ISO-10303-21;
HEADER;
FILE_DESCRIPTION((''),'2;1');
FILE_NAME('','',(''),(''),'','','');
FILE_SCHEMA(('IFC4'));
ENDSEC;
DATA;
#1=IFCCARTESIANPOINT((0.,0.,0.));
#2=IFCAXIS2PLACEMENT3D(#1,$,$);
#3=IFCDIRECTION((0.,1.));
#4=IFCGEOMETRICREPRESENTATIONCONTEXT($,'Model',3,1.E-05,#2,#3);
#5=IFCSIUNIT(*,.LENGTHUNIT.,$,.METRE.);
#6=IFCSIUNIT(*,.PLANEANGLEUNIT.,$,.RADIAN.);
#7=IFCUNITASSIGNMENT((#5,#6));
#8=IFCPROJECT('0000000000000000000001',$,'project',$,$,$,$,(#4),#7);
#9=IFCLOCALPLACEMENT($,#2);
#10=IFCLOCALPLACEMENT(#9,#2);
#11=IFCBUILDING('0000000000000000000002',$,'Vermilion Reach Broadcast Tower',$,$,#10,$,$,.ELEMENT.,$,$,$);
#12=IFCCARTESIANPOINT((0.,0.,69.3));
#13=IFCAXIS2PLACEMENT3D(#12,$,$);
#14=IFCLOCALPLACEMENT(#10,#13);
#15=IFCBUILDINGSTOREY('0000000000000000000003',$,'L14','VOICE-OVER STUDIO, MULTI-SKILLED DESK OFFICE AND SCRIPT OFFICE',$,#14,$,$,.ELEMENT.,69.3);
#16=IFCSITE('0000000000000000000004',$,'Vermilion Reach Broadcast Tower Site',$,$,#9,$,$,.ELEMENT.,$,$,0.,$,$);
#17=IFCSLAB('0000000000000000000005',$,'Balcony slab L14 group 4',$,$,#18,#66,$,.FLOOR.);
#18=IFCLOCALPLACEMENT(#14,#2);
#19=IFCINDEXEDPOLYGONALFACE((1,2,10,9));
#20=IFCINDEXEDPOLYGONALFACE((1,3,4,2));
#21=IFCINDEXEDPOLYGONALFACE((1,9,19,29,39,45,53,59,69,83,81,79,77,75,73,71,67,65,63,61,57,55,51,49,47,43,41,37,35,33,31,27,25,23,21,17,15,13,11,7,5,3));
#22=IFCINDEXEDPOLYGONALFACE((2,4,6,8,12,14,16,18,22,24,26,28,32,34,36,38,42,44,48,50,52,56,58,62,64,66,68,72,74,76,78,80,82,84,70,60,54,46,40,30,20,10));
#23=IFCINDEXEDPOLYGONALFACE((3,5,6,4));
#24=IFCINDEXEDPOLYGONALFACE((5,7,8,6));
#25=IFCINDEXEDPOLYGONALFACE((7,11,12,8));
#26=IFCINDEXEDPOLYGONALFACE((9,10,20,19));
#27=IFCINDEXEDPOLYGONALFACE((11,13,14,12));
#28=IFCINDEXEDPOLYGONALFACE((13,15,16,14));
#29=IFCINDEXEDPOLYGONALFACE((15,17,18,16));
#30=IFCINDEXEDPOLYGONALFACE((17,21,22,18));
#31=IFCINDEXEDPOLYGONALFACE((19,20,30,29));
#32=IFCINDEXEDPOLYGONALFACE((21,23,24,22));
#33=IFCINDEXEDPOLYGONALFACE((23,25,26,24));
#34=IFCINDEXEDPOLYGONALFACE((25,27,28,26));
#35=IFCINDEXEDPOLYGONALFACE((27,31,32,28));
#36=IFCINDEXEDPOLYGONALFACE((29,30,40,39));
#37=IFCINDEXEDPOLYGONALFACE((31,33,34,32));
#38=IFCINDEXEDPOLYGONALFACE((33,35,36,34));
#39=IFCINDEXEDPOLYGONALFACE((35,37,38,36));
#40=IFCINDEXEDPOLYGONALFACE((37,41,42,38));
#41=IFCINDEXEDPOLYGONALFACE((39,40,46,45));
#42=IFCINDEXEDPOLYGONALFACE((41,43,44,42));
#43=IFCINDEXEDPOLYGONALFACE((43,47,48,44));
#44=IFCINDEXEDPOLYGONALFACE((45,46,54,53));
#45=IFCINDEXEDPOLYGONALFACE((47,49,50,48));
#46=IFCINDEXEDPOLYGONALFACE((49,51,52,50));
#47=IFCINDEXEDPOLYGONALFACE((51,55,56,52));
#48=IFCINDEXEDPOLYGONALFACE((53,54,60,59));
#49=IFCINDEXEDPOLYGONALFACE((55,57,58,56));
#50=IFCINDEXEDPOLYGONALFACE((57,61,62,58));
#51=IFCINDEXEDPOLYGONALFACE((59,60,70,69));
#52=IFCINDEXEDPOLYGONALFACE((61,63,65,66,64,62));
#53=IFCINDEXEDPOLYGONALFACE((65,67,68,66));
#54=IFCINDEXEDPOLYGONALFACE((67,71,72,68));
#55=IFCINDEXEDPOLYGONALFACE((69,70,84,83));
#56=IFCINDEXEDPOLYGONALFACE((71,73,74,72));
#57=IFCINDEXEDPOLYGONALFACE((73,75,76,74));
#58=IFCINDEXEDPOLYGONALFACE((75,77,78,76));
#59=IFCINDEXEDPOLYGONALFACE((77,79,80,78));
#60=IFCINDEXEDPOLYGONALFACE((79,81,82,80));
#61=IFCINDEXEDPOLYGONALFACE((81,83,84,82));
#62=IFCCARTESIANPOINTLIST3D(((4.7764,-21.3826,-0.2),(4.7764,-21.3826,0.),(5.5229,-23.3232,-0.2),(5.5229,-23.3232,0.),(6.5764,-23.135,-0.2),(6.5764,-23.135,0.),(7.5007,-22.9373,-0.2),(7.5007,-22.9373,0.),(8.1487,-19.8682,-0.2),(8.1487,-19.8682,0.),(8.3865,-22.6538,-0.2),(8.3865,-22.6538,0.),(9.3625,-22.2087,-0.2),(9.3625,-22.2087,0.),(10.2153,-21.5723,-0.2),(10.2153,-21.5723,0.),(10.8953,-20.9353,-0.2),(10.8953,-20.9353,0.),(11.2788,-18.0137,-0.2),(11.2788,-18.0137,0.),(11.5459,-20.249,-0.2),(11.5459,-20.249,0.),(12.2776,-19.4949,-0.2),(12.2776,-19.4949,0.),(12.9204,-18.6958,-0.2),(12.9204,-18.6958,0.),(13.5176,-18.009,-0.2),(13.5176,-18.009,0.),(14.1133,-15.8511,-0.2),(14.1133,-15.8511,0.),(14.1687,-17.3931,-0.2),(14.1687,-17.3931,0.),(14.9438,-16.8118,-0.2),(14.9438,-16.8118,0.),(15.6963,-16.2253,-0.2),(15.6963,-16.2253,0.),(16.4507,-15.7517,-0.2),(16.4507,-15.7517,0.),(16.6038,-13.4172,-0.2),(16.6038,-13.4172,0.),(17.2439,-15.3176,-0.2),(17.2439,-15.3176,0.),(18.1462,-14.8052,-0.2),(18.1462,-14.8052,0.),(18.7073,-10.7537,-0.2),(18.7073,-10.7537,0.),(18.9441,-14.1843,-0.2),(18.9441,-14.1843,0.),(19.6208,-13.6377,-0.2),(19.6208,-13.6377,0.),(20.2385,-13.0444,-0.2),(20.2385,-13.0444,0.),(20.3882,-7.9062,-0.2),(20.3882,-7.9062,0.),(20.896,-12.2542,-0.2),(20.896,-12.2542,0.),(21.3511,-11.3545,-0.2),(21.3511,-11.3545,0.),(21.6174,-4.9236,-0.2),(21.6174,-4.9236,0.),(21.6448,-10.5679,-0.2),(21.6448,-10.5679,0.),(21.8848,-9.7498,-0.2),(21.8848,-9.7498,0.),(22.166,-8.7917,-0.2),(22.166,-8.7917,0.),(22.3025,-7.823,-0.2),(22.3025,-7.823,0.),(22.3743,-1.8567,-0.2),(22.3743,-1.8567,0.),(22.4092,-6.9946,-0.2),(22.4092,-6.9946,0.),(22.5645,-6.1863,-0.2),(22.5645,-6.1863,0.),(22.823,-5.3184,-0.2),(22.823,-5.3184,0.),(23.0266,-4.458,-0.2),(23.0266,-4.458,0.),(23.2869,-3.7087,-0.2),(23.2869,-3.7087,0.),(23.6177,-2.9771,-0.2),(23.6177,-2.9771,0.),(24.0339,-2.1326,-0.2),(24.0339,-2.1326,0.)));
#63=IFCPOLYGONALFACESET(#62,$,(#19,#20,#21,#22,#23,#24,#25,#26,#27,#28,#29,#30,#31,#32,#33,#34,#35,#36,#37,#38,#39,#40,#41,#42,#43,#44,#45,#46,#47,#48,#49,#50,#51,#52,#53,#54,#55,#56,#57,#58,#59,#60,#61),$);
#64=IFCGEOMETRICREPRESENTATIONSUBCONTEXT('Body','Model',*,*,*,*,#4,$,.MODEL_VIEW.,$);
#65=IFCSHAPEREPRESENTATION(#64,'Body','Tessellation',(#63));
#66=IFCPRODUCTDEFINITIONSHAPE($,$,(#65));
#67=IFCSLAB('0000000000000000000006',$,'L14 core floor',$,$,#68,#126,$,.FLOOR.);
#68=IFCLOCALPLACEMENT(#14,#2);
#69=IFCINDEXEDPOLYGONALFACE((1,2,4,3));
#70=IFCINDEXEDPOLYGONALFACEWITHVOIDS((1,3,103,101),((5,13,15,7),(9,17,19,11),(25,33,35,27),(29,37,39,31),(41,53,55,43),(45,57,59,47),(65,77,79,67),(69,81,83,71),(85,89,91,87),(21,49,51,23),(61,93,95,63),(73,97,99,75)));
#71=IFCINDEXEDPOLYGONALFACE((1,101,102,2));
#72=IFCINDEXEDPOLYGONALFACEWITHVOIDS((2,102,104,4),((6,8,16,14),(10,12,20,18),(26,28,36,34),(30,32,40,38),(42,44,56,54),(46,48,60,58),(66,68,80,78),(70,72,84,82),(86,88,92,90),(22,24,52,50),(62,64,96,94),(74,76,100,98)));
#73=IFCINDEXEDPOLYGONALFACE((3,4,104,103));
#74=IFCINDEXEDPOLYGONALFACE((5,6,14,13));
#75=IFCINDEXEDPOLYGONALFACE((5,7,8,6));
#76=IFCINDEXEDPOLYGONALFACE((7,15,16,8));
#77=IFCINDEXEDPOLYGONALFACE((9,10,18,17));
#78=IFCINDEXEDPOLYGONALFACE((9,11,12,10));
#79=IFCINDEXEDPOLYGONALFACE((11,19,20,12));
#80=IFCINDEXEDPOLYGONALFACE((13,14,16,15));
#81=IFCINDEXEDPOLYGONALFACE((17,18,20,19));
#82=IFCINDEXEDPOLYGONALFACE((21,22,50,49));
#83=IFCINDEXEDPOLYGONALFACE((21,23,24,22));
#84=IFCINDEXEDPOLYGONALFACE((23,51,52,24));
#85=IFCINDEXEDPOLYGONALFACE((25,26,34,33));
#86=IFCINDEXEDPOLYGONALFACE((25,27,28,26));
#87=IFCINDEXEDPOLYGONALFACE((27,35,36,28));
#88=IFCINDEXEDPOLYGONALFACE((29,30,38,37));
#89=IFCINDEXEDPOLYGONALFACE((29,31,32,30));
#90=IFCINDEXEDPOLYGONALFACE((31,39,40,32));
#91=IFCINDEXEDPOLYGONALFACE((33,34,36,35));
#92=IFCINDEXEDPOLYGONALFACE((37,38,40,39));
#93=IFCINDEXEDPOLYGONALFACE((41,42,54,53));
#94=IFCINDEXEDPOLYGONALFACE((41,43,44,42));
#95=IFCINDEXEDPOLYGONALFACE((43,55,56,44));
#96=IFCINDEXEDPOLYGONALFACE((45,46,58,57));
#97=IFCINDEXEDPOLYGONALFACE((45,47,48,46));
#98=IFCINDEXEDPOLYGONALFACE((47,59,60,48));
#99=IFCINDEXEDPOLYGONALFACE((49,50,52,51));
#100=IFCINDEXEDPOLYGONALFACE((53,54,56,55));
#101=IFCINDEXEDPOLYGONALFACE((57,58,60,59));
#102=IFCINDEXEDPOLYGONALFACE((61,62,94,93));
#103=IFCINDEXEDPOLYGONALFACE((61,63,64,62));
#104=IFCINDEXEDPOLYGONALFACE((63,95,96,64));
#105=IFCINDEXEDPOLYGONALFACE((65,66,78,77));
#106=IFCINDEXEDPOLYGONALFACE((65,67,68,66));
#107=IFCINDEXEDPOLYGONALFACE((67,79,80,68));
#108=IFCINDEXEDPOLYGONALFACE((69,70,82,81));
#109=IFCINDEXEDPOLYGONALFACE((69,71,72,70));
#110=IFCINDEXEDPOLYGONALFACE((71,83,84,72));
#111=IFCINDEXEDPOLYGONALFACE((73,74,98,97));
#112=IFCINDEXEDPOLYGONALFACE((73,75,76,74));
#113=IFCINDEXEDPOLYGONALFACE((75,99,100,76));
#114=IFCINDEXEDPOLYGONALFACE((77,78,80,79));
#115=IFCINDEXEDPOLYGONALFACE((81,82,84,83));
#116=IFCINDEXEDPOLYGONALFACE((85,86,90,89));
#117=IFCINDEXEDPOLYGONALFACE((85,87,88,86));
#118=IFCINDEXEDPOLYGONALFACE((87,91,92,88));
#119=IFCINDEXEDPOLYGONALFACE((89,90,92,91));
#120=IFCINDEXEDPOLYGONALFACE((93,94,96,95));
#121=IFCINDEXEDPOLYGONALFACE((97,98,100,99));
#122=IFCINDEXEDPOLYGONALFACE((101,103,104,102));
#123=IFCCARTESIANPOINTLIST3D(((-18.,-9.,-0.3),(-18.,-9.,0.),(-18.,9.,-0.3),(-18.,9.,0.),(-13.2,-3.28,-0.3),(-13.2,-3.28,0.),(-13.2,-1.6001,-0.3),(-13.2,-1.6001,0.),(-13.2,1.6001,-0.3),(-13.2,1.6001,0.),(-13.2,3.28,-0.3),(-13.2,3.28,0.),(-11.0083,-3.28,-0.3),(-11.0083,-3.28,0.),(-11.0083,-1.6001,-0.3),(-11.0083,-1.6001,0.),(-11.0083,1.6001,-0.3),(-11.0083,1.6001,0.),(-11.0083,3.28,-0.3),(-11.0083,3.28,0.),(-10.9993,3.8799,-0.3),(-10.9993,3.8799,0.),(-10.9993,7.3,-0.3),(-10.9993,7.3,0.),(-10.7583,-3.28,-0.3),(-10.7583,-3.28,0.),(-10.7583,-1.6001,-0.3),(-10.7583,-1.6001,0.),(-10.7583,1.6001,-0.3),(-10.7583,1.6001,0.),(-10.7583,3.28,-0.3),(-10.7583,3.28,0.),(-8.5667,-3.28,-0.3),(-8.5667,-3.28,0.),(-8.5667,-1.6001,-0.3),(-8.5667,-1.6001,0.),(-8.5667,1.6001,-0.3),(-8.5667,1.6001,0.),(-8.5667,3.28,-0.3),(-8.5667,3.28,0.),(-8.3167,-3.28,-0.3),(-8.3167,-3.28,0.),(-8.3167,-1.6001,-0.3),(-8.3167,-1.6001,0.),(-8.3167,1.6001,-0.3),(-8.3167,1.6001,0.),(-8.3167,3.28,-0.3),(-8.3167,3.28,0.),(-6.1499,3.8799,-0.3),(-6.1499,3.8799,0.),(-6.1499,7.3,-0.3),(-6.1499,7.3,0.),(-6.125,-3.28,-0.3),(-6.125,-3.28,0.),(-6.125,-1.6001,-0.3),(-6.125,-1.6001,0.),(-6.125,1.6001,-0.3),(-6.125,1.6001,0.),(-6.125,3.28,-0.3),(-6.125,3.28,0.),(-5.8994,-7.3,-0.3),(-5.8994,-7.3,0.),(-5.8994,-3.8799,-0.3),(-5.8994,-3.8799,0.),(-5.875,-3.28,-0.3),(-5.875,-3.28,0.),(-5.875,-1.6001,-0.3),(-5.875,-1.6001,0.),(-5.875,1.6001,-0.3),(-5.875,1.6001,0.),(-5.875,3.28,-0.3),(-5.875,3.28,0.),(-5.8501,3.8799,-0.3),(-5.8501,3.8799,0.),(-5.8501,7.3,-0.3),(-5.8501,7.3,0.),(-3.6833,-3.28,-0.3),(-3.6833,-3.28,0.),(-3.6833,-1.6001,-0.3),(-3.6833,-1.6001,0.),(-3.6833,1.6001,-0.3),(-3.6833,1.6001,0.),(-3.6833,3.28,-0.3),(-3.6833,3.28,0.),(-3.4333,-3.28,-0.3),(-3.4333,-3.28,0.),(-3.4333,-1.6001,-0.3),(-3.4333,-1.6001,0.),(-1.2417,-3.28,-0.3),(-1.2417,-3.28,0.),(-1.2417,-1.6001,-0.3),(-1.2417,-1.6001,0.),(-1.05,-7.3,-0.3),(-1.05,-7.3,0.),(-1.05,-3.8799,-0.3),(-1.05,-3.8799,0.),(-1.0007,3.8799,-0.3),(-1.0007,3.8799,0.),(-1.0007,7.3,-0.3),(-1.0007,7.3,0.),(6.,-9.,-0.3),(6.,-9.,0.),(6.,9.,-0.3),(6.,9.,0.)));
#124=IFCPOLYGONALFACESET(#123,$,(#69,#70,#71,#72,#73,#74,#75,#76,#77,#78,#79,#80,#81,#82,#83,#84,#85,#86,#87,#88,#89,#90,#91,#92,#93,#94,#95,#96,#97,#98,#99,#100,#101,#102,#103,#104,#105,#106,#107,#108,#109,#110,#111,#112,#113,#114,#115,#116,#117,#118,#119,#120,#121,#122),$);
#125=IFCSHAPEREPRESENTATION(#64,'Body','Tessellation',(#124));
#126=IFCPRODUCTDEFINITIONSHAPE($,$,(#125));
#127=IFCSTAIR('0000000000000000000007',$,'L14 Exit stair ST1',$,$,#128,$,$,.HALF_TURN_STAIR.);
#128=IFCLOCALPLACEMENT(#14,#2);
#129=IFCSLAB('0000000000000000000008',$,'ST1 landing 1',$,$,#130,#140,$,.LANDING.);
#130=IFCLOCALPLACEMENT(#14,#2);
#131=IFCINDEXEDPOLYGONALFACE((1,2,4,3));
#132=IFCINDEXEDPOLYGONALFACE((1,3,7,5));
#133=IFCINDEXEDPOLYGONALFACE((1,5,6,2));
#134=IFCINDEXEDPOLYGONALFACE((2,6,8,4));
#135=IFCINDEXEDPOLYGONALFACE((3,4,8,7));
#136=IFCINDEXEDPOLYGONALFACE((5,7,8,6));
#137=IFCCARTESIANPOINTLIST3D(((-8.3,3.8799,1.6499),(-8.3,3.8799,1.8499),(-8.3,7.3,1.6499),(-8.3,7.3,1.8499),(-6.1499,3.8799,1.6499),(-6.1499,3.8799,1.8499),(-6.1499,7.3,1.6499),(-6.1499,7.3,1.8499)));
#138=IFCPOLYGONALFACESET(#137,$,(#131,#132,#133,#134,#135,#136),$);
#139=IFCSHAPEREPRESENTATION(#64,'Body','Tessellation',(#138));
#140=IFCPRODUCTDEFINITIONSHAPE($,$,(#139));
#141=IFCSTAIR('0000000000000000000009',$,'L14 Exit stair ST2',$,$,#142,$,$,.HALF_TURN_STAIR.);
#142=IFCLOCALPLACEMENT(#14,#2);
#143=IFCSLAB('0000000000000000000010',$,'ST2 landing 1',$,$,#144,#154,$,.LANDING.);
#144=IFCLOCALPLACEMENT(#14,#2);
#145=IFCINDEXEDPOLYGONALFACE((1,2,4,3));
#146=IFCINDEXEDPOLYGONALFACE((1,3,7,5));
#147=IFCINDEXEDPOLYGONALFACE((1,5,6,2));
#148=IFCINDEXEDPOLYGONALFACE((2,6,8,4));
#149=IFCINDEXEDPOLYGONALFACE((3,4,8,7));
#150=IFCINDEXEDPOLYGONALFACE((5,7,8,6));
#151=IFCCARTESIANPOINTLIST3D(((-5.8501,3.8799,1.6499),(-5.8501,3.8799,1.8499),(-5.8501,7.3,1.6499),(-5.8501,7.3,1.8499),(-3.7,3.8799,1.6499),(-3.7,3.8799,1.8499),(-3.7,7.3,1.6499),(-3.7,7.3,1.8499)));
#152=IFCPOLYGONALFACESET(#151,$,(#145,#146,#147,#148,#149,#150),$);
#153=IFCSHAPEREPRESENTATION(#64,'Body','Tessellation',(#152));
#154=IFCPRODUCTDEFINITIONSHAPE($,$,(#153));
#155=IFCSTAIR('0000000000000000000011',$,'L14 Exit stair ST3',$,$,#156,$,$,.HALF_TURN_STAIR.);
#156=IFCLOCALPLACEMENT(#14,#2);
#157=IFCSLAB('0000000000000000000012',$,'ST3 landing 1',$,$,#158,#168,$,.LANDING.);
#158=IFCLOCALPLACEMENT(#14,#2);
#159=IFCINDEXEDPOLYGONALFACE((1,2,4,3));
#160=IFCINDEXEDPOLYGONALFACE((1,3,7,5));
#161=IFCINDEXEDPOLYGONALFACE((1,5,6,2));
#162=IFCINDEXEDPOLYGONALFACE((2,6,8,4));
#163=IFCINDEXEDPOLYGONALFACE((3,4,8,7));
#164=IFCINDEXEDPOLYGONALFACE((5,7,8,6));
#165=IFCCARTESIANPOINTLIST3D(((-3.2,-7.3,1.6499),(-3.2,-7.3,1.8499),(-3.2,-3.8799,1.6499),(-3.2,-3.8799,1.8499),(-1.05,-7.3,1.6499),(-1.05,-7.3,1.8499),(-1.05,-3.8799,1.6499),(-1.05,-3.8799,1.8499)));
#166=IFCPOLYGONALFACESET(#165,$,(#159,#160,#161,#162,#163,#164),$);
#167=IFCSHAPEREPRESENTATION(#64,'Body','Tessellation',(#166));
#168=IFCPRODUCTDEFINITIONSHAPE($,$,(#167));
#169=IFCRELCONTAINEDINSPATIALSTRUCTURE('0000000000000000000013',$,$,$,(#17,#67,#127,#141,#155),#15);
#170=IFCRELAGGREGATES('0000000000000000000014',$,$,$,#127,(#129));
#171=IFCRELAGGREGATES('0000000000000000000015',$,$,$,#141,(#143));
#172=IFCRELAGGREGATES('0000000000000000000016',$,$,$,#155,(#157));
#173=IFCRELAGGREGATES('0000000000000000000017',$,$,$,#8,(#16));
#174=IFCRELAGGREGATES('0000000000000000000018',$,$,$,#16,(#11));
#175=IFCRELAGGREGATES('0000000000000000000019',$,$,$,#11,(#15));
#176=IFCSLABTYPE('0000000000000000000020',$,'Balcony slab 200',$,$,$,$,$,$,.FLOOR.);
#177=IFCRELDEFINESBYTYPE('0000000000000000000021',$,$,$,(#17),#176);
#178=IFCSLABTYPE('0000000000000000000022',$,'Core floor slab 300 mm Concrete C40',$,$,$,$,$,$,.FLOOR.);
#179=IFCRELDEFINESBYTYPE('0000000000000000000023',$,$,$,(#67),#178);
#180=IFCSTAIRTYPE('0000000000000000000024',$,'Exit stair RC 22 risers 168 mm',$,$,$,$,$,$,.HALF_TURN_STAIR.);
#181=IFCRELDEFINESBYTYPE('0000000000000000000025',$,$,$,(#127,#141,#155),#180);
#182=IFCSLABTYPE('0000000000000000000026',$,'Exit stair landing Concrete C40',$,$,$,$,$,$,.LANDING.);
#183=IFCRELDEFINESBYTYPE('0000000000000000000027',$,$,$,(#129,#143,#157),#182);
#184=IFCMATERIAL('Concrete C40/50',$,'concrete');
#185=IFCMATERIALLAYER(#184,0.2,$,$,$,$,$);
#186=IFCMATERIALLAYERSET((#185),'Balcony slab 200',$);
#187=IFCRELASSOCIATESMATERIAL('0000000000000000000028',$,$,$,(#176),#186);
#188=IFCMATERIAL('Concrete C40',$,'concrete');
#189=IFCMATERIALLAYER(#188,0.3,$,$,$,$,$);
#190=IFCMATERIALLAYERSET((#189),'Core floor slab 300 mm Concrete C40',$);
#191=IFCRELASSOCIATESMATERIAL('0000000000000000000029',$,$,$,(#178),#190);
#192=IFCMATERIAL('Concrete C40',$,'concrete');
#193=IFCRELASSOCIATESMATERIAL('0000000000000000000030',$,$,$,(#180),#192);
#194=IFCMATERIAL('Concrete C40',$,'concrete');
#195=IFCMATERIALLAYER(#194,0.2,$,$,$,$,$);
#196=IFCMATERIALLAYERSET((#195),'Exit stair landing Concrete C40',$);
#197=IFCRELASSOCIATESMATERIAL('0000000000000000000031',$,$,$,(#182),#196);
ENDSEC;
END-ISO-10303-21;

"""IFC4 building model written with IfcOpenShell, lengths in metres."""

from ifc_helpers import new_model, si_unit, direction, frame, origin, place, context, subcontext, project, spatial, polyline, outline, extrude, material, layer, layer_set, type_object, element, aggregate, save


model = new_model("IFC4")

# Units and contexts
model_context = context("Model", 3, precision=1e-05, world=origin(), true_north=direction((0.0, 1.0)))
body_context = subcontext(model_context, "Body", "Model", "MODEL_VIEW")
ifc_project = project(units=[si_unit("LENGTHUNIT", "METRE"), si_unit("PLANEANGLEUNIT", "RADIAN")], contexts=[model_context])

# Site, building, storey
site_placement = place(None, origin())
site = spatial("IfcSite", under=ifc_project, at=site_placement, Name="Vermilion Reach Broadcast Tower Site", CompositionType="ELEMENT", RefElevation=0.0)
building_placement = place(site_placement, origin())
building = spatial("IfcBuilding", under=site, at=building_placement, Name="Vermilion Reach Broadcast Tower", CompositionType="ELEMENT")
storey_placement = place(building_placement, frame((0.0, 0.0, 69.3)))
storey = spatial("IfcBuildingStorey", under=building, at=storey_placement, Name="L14", Description="VOICE-OVER STUDIO, MULTI-SKILLED DESK OFFICE AND SCRIPT OFFICE", CompositionType="ELEMENT", Elevation=69.3)

# Slabs
ifc_material_1 = material(Name="Concrete C40/50", Category="concrete")
ifc_layer_1 = layer(ifc_material_1, 0.2)
ifc_layer_set_1 = layer_set([ifc_layer_1], Name="Balcony slab 200")
slab_type_1 = type_object("IfcSlabType", Name="Balcony slab 200", PredefinedType="FLOOR", material=ifc_layer_set_1)
placement_1 = place(storey_placement, frame((0.0, 0.0, -0.2)))
element("IfcSlab", 1, at=placement_1, inside=storey, type_object=slab_type_1, Name="Balcony slab L14 group 4", PredefinedType="FLOOR", context=body_context, shape_type="SweptSolid", body=[
    extrude(outline(polyline([(4.7764, -21.3826), (8.1487, -19.8682), (11.2788, -18.0137), (14.1133, -15.8511), (16.6038, -13.4172), (18.7073, -10.7537), (20.3882, -7.9062), (21.6174, -4.9236), (22.3743, -1.8567), (24.0339, -2.1326), (23.6177, -2.9771), (23.2869, -3.7087), (23.0266, -4.458), (22.823, -5.3184), (22.5645, -6.1863), (22.4092, -6.9946), (22.3025, -7.823), (22.166, -8.7917), (21.8848, -9.7498), (21.6448, -10.5679), (21.3511, -11.3545), (20.896, -12.2542), (20.2385, -13.0444), (19.6208, -13.6377), (18.9441, -14.1843), (18.1462, -14.8052), (17.2439, -15.3176), (16.4507, -15.7517), (15.6963, -16.2253), (14.9438, -16.8118), (14.1687, -17.3931), (13.5176, -18.009), (12.9204, -18.6958), (12.2776, -19.4949), (11.5459, -20.249), (10.8953, -20.9353), (10.2153, -21.5723), (9.3625, -22.2087), (8.3865, -22.6538), (7.5007, -22.9373), (6.5764, -23.135), (5.5229, -23.3232), (4.7764, -21.3826)])), origin(), (0.0, 0.0, 1.0), 0.2),
])
ifc_material_2 = material(Name="Concrete C40", Category="concrete")
ifc_layer_2 = layer(ifc_material_2, 0.3)
ifc_layer_set_2 = layer_set([ifc_layer_2], Name="Core floor slab 300 mm Concrete C40")
slab_type_2 = type_object("IfcSlabType", Name="Core floor slab 300 mm Concrete C40", PredefinedType="FLOOR", material=ifc_layer_set_2)
slab_1_placement = place(storey_placement, frame((0.0, 0.0, -0.3)))
element("IfcSlab", 2, at=slab_1_placement, inside=storey, type_object=slab_type_2, Name="L14 core floor", PredefinedType="FLOOR", context=body_context, shape_type="SweptSolid", body=[
    extrude(outline(polyline([(-18.0, -9.0), (6.0, -9.0), (6.0, 9.0), (-18.0, 9.0), (-18.0, -9.0)]), holes=[polyline([(-13.2, 1.6001), (-11.0083, 1.6001), (-11.0083, 3.28), (-13.2, 3.28), (-13.2, 1.6001)]), polyline([(-10.7583, 1.6001), (-8.5667, 1.6001), (-8.5667, 3.28), (-10.7583, 3.28), (-10.7583, 1.6001)]), polyline([(-8.3167, 1.6001), (-6.125, 1.6001), (-6.125, 3.28), (-8.3167, 3.28), (-8.3167, 1.6001)]), polyline([(-5.875, 1.6001), (-3.6833, 1.6001), (-3.6833, 3.28), (-5.875, 3.28), (-5.875, 1.6001)]), polyline([(-13.2, -3.28), (-11.0083, -3.28), (-11.0083, -1.6001), (-13.2, -1.6001), (-13.2, -3.28)]), polyline([(-10.7583, -3.28), (-8.5667, -3.28), (-8.5667, -1.6001), (-10.7583, -1.6001), (-10.7583, -3.28)]), polyline([(-8.3167, -3.28), (-6.125, -3.28), (-6.125, -1.6001), (-8.3167, -1.6001), (-8.3167, -3.28)]), polyline([(-5.875, -3.28), (-3.6833, -3.28), (-3.6833, -1.6001), (-5.875, -1.6001), (-5.875, -3.28)]), polyline([(-3.4333, -3.28), (-1.2417, -3.28), (-1.2417, -1.6001), (-3.4333, -1.6001), (-3.4333, -3.28)]), polyline([(-10.9993, 3.8799), (-6.1499, 3.8799), (-6.1499, 7.3), (-10.9993, 7.3), (-10.9993, 3.8799)]), polyline([(-1.0007, 7.3), (-5.8501, 7.3), (-5.8501, 3.8799), (-1.0007, 3.8799), (-1.0007, 7.3)]), polyline([(-5.8994, -7.3), (-1.05, -7.3), (-1.05, -3.8799), (-5.8994, -3.8799), (-5.8994, -7.3)])]), origin(), (0.0, 0.0, 1.0), 0.3),
])

# Stairs, slabs
ifc_material_3 = material(Name="Concrete C40", Category="concrete")
stair_type = type_object("IfcStairType", Name="Exit stair RC 22 risers 168 mm", PredefinedType="HALF_TURN_STAIR", material=ifc_material_3)
placement_2 = place(storey_placement, origin())
stair_1 = element("IfcStair", 3, at=placement_2, inside=storey, type_object=stair_type, Name="L14 Exit stair ST1", PredefinedType="HALF_TURN_STAIR")
ifc_material_4 = material(Name="Concrete C40", Category="concrete")
ifc_layer_3 = layer(ifc_material_4, 0.2)
ifc_layer_set_3 = layer_set([ifc_layer_3], Name="Exit stair landing Concrete C40")
slab_type_3 = type_object("IfcSlabType", Name="Exit stair landing Concrete C40", PredefinedType="LANDING", material=ifc_layer_set_3)
placement_3 = place(storey_placement, frame((0.0, 0.0, 1.6499)))
slab_2 = element("IfcSlab", 4, at=placement_3, type_object=slab_type_3, Name="ST1 landing 1", PredefinedType="LANDING", context=body_context, shape_type="SweptSolid", body=[
    extrude(outline(polyline([(-8.3, 3.8799), (-6.1499, 3.8799), (-6.1499, 7.3), (-8.3, 7.3), (-8.3, 3.8799)])), origin(), (0.0, 0.0, 1.0), 0.2),
])
aggregate(stair_1, [slab_2])
stair_2 = element("IfcStair", 5, at=placement_2, inside=storey, type_object=stair_type, Name="L14 Exit stair ST2", PredefinedType="HALF_TURN_STAIR")
slab_3 = element("IfcSlab", 6, at=placement_3, type_object=slab_type_3, Name="ST2 landing 1", PredefinedType="LANDING", context=body_context, shape_type="SweptSolid", body=[
    extrude(outline(polyline([(-3.7, 7.3), (-5.8501, 7.3), (-5.8501, 3.8799), (-3.7, 3.8799), (-3.7, 7.3)])), origin(), (0.0, 0.0, 1.0), 0.2),
])
aggregate(stair_2, [slab_3])
stair_3 = element("IfcStair", 7, at=placement_2, inside=storey, type_object=stair_type, Name="L14 Exit stair ST3", PredefinedType="HALF_TURN_STAIR")
slab_4 = element("IfcSlab", 8, at=placement_3, type_object=slab_type_3, Name="ST3 landing 1", PredefinedType="LANDING", context=body_context, shape_type="SweptSolid", body=[
    extrude(outline(polyline([(-3.2, -7.3), (-1.05, -7.3), (-1.05, -3.8799), (-3.2, -3.8799), (-3.2, -7.3)])), origin(), (0.0, 0.0, 1.0), 0.2),
])

aggregate(stair_3, [slab_4])

save(model, "model.ifc")
